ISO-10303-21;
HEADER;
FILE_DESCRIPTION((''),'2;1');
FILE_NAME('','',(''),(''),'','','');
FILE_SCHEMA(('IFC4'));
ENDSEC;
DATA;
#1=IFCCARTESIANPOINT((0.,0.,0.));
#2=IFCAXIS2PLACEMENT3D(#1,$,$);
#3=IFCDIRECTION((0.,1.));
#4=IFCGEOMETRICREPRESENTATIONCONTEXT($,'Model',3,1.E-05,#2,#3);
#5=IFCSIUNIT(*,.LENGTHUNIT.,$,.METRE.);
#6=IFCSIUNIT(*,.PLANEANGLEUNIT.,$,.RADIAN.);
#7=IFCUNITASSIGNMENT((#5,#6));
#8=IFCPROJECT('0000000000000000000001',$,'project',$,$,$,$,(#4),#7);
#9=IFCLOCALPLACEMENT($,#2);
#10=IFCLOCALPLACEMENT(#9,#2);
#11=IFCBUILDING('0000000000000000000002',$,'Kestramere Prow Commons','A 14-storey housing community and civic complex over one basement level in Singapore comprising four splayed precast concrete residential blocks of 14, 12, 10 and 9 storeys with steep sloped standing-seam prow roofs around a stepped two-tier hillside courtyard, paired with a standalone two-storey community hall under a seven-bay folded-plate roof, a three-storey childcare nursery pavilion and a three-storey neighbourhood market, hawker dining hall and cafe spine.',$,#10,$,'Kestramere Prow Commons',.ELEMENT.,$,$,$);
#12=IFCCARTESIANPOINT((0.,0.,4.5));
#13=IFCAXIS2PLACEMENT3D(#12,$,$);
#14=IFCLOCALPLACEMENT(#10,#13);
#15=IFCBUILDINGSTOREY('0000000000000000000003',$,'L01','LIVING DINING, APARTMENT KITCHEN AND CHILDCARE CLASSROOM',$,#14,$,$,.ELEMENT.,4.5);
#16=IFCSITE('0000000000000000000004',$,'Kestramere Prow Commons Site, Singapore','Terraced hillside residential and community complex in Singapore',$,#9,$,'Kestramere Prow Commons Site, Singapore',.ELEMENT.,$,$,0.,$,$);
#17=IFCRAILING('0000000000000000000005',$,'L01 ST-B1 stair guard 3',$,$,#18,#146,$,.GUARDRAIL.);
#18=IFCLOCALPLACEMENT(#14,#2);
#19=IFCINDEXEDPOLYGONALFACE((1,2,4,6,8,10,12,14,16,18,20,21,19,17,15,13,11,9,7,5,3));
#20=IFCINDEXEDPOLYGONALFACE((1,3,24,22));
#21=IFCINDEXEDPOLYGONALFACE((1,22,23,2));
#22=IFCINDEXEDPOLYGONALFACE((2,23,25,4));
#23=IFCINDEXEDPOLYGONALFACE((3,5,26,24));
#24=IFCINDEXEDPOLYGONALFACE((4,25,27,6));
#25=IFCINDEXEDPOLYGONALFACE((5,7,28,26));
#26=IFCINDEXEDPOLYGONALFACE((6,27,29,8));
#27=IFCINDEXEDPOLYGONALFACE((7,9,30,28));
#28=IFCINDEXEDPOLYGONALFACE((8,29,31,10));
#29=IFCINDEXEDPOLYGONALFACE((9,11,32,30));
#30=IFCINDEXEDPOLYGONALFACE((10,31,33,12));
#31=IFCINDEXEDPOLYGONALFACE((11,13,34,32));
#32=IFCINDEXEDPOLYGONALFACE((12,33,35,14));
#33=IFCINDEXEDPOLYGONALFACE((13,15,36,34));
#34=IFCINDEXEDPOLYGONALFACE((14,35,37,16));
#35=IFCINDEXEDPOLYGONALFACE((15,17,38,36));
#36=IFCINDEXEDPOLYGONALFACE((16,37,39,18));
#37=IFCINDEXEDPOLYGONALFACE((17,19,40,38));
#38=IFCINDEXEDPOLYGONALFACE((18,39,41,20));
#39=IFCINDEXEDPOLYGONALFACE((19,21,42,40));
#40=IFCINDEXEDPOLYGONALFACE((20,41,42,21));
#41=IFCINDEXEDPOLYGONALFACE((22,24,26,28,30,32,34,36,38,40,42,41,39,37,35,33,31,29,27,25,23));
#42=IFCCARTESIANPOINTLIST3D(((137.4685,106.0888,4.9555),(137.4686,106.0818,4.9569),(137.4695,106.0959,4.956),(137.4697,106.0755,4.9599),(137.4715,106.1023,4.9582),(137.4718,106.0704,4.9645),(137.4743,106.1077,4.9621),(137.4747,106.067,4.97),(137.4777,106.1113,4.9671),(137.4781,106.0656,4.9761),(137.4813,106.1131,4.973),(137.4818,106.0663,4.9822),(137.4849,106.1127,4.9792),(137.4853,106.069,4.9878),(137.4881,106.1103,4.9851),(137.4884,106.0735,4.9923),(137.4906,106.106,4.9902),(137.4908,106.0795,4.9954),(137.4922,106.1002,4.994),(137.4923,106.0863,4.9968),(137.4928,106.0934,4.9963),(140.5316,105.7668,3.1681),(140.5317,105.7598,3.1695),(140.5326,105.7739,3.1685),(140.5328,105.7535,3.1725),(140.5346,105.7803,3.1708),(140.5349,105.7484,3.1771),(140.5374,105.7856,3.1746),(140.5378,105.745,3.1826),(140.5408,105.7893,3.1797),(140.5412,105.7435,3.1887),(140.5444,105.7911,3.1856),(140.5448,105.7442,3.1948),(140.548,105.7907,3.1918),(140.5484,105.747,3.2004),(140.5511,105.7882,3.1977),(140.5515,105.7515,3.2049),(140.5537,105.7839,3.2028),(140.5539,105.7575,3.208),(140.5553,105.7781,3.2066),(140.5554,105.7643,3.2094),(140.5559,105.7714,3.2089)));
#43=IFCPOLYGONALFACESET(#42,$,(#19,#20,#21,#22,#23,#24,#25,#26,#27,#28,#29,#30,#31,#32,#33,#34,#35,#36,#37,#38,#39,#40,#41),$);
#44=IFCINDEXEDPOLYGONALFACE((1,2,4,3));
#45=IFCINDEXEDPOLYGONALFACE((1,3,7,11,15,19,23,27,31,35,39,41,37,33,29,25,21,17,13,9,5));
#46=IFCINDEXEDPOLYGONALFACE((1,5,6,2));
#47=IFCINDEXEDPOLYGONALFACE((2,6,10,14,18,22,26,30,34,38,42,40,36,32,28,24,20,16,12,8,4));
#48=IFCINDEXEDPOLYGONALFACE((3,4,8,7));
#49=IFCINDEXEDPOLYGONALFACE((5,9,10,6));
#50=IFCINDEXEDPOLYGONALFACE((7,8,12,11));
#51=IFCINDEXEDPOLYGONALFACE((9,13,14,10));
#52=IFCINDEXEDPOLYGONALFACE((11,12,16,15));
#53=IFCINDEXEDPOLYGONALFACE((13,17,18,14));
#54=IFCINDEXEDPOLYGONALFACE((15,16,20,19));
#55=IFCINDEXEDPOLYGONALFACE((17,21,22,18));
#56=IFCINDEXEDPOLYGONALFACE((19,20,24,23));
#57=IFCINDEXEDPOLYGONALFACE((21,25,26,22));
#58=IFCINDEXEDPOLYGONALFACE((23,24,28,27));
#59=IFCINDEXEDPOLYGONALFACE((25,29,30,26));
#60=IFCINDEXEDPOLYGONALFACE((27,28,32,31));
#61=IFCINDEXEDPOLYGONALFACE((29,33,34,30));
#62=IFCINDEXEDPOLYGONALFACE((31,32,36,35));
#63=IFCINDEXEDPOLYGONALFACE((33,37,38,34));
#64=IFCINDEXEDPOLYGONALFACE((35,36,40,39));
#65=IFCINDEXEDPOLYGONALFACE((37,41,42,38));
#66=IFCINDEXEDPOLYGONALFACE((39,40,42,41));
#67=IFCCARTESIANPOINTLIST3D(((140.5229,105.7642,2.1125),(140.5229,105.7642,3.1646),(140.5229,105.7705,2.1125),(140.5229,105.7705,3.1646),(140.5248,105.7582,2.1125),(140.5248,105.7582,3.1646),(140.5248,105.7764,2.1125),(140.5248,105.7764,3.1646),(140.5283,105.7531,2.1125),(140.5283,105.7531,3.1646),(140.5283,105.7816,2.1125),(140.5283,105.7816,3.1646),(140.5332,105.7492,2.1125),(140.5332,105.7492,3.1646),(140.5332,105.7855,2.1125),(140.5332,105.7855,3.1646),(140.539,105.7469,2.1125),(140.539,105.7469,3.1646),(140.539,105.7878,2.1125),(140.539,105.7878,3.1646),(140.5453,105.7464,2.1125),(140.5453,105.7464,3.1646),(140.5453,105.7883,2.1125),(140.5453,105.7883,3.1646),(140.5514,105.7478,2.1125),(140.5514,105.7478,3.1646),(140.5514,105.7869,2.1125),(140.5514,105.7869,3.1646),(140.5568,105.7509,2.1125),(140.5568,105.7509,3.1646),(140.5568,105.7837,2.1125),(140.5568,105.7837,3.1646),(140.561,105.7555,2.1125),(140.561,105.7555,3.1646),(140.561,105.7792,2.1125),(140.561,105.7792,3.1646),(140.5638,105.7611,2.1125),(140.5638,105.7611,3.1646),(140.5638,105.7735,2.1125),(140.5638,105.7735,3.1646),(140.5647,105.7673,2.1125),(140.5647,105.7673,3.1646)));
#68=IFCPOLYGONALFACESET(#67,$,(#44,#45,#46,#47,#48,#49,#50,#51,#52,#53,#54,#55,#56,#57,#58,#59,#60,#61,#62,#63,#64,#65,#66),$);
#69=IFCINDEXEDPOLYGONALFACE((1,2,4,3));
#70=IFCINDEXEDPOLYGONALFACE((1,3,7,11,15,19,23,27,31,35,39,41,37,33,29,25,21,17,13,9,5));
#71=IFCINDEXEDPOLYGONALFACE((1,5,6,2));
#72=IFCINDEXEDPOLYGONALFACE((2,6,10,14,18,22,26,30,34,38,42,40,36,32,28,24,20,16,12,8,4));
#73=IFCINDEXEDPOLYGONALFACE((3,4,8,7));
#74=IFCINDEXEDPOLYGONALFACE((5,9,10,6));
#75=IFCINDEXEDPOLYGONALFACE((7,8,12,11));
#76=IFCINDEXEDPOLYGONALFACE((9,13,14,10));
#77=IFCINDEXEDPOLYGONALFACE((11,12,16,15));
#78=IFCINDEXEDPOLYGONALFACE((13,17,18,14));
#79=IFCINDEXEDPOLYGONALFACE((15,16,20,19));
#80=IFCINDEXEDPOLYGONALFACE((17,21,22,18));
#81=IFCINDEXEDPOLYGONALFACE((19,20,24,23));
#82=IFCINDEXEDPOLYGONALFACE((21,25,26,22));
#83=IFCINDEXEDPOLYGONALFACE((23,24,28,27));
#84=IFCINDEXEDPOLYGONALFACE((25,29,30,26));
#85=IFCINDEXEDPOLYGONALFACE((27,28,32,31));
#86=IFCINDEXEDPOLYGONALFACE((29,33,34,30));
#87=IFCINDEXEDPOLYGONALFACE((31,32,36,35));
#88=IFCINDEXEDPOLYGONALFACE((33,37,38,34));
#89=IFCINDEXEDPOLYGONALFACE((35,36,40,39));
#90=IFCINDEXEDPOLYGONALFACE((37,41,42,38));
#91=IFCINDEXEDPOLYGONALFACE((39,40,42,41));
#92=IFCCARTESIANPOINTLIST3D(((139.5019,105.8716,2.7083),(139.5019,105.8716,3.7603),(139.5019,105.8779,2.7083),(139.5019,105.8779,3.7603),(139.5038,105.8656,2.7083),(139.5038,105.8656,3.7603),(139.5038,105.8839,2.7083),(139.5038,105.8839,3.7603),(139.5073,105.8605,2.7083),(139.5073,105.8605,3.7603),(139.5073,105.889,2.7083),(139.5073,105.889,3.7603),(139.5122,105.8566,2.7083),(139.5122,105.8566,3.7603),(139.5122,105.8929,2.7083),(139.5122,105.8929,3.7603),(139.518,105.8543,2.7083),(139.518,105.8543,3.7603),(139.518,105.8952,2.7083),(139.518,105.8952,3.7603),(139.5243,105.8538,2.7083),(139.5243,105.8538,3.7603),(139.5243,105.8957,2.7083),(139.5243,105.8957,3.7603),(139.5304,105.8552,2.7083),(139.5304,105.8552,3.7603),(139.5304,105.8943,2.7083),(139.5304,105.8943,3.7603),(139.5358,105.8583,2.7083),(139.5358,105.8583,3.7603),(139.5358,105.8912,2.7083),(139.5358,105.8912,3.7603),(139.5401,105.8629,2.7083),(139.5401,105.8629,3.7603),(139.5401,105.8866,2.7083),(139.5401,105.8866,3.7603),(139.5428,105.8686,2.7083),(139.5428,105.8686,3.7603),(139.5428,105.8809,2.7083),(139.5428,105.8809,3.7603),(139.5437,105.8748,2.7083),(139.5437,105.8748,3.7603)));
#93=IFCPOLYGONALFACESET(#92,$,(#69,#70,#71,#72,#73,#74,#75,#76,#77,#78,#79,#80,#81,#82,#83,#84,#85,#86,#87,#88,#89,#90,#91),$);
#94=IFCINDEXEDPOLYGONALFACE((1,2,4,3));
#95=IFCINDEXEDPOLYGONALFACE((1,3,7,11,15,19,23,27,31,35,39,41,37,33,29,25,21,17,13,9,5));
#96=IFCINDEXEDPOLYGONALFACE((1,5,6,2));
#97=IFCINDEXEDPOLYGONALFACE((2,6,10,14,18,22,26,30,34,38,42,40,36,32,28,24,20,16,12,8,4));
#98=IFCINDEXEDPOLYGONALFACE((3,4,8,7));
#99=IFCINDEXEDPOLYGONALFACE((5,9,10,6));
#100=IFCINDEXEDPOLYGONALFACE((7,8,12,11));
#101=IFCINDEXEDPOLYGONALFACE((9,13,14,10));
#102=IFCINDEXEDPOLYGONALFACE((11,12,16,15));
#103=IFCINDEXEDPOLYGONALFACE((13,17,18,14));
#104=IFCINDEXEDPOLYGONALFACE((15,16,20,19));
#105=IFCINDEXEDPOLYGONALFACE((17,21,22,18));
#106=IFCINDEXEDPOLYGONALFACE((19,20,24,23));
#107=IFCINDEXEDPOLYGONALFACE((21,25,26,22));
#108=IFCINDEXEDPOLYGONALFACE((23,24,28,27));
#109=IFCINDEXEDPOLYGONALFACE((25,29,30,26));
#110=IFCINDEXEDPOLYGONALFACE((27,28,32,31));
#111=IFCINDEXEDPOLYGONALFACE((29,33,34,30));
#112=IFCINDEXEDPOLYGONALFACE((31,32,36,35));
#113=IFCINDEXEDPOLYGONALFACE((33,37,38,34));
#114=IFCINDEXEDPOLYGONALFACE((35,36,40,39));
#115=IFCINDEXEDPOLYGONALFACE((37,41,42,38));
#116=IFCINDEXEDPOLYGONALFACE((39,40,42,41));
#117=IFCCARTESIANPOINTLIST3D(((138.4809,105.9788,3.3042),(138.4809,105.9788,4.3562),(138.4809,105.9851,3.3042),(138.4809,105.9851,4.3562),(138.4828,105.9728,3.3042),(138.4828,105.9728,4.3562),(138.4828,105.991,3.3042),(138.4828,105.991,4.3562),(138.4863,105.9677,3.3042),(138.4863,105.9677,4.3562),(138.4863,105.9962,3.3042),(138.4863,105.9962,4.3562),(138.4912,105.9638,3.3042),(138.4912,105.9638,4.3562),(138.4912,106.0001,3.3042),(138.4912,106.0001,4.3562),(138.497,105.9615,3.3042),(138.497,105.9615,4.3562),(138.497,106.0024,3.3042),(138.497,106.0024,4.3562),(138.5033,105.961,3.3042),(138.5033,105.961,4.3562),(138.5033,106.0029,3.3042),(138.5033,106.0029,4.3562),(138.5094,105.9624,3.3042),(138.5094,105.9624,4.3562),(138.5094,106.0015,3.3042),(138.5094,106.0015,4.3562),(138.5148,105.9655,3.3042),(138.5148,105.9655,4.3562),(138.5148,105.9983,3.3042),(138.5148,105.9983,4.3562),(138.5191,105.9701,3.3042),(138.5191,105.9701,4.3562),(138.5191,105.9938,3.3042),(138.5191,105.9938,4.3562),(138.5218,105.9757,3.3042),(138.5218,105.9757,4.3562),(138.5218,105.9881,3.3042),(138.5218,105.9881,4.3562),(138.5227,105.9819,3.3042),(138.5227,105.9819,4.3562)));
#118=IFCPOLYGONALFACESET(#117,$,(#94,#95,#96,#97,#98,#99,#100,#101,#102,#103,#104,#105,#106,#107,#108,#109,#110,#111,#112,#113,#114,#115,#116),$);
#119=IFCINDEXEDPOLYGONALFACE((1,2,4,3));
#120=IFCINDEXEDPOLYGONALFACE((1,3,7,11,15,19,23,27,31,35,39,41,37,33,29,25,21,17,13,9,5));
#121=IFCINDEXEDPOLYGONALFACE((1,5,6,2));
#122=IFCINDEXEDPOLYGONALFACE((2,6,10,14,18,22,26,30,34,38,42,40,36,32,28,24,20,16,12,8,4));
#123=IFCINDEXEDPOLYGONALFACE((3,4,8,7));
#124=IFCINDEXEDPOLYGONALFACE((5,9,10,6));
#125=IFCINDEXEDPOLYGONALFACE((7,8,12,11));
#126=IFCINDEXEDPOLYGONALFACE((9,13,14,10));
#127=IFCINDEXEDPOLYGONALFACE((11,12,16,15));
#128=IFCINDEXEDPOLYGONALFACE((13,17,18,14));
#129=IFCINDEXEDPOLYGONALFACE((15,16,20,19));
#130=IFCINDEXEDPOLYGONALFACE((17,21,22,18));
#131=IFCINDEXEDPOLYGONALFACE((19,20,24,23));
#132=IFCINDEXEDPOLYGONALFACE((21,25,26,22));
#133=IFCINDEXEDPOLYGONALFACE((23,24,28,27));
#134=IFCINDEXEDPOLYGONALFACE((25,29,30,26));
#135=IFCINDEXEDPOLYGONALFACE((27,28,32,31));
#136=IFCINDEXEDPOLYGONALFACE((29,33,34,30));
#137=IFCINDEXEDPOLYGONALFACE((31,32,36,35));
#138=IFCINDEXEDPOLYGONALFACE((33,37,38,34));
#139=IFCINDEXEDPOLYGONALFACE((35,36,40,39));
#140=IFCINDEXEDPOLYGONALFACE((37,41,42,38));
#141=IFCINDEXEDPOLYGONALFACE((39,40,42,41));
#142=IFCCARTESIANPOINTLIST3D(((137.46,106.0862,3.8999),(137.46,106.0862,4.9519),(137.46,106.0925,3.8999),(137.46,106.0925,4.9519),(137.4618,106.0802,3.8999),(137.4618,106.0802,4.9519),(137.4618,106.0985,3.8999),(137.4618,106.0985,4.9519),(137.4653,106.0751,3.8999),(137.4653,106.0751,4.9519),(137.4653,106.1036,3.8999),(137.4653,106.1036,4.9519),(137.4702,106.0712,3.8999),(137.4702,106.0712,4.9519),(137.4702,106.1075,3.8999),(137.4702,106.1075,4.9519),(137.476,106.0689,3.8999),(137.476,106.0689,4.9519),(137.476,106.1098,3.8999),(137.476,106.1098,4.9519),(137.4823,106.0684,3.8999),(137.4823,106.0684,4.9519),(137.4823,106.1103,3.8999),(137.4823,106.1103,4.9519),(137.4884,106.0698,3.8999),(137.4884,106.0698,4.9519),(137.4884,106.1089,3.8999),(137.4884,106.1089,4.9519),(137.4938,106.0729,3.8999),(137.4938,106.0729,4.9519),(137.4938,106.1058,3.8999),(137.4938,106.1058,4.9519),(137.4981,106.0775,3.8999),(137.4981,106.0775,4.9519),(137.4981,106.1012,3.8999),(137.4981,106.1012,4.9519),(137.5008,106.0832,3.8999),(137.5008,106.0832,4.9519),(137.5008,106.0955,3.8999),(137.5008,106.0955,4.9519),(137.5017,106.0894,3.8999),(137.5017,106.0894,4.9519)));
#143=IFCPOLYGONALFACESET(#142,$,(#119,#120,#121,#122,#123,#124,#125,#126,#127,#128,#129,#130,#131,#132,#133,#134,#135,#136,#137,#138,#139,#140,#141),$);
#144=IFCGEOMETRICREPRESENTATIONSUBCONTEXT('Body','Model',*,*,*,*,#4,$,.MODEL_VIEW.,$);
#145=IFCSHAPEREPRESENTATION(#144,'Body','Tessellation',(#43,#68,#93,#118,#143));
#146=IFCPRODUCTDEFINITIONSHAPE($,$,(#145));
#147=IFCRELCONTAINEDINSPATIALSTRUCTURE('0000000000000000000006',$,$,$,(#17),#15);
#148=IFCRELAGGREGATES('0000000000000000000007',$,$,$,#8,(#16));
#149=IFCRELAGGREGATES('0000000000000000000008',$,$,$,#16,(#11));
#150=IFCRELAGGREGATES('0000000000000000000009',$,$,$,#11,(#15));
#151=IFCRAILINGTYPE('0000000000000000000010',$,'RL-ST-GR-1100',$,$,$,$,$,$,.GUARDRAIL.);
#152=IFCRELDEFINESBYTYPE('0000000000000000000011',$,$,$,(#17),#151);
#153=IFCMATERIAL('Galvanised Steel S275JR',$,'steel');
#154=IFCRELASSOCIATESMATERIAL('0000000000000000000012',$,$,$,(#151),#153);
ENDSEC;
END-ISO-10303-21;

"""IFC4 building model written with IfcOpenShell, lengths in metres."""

from ifc_helpers import new_model, si_unit, direction, frame, origin, origin_2d, place, context, subcontext, project, spatial, circle, extrude, material, type_object, element, save


model = new_model("IFC4")

# Units and contexts
model_context = context("Model", 3, precision=1e-05, world=origin(), true_north=direction((0.0, 1.0)))
body_context = subcontext(model_context, "Body", "Model", "MODEL_VIEW")
ifc_project = project(units=[si_unit("LENGTHUNIT", "METRE"), si_unit("PLANEANGLEUNIT", "RADIAN")], contexts=[model_context])

# Site, building, storey
site_placement = place(None, origin())
site = spatial("IfcSite", under=ifc_project, at=site_placement, Name="Kestramere Prow Commons Site, Singapore", Description="Terraced hillside residential and community complex in Singapore", LongName="Kestramere Prow Commons Site, Singapore", CompositionType="ELEMENT", RefElevation=0.0)
building_placement = place(site_placement, origin())
building = spatial("IfcBuilding", under=site, at=building_placement, Name="Kestramere Prow Commons", Description="A 14-storey housing community and civic complex over one basement level in Singapore comprising four splayed precast concrete residential blocks of 14, 12, 10 and 9 storeys with steep sloped standing-seam prow roofs around a stepped two-tier hillside courtyard, paired with a standalone two-storey community hall under a seven-bay folded-plate roof, a three-storey childcare nursery pavilion and a three-storey neighbourhood market, hawker dining hall and cafe spine.", LongName="Kestramere Prow Commons", CompositionType="ELEMENT")
storey_placement = place(building_placement, frame((0.0, 0.0, 4.5)))
storey = spatial("IfcBuildingStorey", under=building, at=storey_placement, Name="L01", Description="LIVING DINING, APARTMENT KITCHEN AND CHILDCARE CLASSROOM", CompositionType="ELEMENT", Elevation=4.5)

# Railing
ifc_material_1 = material(Name="Galvanised Steel S275JR", Category="steel")
railing_type_1 = type_object("IfcRailingType", Name="RL-ST-GR-1100", PredefinedType="GUARDRAIL", material=ifc_material_1)
railing_1_placement = place(storey_placement, frame((140.5437, 105.7673, 2.1125)))
element("IfcRailing", 1, at=railing_1_placement, inside=storey, type_object=railing_type_1, Name="L01 ST-B1 stair guard 3", PredefinedType="GUARDRAIL", context=body_context, shape_type="SweptSolid", body=[
    extrude(circle(Radius=0.0239, at=origin_2d()), frame((0.0, 0.0, 1.0762), z_axis=(-0.860165, 0.090432, 0.501934), x_axis=(-0.104557, -0.994519, 0.0)), (0.0, 0.0, 1.0), 3.561),
    extrude(circle(Radius=0.021, at=origin_2d()), origin(), (0.0, 0.0, 1.0), 1.052),
    extrude(circle(Radius=0.021, at=origin_2d()), frame((-1.021, 0.1074, 0.5957)), (0.0, 0.0, 1.0), 1.052),
    extrude(circle(Radius=0.021, at=origin_2d()), frame((-2.042, 0.2146, 1.1917)), (0.0, 0.0, 1.0), 1.052),
    extrude(circle(Radius=0.021, at=origin_2d()), frame((-3.063, 0.322, 1.7874)), (0.0, 0.0, 1.0), 1.052),
])

save(model, "model.ifc")
